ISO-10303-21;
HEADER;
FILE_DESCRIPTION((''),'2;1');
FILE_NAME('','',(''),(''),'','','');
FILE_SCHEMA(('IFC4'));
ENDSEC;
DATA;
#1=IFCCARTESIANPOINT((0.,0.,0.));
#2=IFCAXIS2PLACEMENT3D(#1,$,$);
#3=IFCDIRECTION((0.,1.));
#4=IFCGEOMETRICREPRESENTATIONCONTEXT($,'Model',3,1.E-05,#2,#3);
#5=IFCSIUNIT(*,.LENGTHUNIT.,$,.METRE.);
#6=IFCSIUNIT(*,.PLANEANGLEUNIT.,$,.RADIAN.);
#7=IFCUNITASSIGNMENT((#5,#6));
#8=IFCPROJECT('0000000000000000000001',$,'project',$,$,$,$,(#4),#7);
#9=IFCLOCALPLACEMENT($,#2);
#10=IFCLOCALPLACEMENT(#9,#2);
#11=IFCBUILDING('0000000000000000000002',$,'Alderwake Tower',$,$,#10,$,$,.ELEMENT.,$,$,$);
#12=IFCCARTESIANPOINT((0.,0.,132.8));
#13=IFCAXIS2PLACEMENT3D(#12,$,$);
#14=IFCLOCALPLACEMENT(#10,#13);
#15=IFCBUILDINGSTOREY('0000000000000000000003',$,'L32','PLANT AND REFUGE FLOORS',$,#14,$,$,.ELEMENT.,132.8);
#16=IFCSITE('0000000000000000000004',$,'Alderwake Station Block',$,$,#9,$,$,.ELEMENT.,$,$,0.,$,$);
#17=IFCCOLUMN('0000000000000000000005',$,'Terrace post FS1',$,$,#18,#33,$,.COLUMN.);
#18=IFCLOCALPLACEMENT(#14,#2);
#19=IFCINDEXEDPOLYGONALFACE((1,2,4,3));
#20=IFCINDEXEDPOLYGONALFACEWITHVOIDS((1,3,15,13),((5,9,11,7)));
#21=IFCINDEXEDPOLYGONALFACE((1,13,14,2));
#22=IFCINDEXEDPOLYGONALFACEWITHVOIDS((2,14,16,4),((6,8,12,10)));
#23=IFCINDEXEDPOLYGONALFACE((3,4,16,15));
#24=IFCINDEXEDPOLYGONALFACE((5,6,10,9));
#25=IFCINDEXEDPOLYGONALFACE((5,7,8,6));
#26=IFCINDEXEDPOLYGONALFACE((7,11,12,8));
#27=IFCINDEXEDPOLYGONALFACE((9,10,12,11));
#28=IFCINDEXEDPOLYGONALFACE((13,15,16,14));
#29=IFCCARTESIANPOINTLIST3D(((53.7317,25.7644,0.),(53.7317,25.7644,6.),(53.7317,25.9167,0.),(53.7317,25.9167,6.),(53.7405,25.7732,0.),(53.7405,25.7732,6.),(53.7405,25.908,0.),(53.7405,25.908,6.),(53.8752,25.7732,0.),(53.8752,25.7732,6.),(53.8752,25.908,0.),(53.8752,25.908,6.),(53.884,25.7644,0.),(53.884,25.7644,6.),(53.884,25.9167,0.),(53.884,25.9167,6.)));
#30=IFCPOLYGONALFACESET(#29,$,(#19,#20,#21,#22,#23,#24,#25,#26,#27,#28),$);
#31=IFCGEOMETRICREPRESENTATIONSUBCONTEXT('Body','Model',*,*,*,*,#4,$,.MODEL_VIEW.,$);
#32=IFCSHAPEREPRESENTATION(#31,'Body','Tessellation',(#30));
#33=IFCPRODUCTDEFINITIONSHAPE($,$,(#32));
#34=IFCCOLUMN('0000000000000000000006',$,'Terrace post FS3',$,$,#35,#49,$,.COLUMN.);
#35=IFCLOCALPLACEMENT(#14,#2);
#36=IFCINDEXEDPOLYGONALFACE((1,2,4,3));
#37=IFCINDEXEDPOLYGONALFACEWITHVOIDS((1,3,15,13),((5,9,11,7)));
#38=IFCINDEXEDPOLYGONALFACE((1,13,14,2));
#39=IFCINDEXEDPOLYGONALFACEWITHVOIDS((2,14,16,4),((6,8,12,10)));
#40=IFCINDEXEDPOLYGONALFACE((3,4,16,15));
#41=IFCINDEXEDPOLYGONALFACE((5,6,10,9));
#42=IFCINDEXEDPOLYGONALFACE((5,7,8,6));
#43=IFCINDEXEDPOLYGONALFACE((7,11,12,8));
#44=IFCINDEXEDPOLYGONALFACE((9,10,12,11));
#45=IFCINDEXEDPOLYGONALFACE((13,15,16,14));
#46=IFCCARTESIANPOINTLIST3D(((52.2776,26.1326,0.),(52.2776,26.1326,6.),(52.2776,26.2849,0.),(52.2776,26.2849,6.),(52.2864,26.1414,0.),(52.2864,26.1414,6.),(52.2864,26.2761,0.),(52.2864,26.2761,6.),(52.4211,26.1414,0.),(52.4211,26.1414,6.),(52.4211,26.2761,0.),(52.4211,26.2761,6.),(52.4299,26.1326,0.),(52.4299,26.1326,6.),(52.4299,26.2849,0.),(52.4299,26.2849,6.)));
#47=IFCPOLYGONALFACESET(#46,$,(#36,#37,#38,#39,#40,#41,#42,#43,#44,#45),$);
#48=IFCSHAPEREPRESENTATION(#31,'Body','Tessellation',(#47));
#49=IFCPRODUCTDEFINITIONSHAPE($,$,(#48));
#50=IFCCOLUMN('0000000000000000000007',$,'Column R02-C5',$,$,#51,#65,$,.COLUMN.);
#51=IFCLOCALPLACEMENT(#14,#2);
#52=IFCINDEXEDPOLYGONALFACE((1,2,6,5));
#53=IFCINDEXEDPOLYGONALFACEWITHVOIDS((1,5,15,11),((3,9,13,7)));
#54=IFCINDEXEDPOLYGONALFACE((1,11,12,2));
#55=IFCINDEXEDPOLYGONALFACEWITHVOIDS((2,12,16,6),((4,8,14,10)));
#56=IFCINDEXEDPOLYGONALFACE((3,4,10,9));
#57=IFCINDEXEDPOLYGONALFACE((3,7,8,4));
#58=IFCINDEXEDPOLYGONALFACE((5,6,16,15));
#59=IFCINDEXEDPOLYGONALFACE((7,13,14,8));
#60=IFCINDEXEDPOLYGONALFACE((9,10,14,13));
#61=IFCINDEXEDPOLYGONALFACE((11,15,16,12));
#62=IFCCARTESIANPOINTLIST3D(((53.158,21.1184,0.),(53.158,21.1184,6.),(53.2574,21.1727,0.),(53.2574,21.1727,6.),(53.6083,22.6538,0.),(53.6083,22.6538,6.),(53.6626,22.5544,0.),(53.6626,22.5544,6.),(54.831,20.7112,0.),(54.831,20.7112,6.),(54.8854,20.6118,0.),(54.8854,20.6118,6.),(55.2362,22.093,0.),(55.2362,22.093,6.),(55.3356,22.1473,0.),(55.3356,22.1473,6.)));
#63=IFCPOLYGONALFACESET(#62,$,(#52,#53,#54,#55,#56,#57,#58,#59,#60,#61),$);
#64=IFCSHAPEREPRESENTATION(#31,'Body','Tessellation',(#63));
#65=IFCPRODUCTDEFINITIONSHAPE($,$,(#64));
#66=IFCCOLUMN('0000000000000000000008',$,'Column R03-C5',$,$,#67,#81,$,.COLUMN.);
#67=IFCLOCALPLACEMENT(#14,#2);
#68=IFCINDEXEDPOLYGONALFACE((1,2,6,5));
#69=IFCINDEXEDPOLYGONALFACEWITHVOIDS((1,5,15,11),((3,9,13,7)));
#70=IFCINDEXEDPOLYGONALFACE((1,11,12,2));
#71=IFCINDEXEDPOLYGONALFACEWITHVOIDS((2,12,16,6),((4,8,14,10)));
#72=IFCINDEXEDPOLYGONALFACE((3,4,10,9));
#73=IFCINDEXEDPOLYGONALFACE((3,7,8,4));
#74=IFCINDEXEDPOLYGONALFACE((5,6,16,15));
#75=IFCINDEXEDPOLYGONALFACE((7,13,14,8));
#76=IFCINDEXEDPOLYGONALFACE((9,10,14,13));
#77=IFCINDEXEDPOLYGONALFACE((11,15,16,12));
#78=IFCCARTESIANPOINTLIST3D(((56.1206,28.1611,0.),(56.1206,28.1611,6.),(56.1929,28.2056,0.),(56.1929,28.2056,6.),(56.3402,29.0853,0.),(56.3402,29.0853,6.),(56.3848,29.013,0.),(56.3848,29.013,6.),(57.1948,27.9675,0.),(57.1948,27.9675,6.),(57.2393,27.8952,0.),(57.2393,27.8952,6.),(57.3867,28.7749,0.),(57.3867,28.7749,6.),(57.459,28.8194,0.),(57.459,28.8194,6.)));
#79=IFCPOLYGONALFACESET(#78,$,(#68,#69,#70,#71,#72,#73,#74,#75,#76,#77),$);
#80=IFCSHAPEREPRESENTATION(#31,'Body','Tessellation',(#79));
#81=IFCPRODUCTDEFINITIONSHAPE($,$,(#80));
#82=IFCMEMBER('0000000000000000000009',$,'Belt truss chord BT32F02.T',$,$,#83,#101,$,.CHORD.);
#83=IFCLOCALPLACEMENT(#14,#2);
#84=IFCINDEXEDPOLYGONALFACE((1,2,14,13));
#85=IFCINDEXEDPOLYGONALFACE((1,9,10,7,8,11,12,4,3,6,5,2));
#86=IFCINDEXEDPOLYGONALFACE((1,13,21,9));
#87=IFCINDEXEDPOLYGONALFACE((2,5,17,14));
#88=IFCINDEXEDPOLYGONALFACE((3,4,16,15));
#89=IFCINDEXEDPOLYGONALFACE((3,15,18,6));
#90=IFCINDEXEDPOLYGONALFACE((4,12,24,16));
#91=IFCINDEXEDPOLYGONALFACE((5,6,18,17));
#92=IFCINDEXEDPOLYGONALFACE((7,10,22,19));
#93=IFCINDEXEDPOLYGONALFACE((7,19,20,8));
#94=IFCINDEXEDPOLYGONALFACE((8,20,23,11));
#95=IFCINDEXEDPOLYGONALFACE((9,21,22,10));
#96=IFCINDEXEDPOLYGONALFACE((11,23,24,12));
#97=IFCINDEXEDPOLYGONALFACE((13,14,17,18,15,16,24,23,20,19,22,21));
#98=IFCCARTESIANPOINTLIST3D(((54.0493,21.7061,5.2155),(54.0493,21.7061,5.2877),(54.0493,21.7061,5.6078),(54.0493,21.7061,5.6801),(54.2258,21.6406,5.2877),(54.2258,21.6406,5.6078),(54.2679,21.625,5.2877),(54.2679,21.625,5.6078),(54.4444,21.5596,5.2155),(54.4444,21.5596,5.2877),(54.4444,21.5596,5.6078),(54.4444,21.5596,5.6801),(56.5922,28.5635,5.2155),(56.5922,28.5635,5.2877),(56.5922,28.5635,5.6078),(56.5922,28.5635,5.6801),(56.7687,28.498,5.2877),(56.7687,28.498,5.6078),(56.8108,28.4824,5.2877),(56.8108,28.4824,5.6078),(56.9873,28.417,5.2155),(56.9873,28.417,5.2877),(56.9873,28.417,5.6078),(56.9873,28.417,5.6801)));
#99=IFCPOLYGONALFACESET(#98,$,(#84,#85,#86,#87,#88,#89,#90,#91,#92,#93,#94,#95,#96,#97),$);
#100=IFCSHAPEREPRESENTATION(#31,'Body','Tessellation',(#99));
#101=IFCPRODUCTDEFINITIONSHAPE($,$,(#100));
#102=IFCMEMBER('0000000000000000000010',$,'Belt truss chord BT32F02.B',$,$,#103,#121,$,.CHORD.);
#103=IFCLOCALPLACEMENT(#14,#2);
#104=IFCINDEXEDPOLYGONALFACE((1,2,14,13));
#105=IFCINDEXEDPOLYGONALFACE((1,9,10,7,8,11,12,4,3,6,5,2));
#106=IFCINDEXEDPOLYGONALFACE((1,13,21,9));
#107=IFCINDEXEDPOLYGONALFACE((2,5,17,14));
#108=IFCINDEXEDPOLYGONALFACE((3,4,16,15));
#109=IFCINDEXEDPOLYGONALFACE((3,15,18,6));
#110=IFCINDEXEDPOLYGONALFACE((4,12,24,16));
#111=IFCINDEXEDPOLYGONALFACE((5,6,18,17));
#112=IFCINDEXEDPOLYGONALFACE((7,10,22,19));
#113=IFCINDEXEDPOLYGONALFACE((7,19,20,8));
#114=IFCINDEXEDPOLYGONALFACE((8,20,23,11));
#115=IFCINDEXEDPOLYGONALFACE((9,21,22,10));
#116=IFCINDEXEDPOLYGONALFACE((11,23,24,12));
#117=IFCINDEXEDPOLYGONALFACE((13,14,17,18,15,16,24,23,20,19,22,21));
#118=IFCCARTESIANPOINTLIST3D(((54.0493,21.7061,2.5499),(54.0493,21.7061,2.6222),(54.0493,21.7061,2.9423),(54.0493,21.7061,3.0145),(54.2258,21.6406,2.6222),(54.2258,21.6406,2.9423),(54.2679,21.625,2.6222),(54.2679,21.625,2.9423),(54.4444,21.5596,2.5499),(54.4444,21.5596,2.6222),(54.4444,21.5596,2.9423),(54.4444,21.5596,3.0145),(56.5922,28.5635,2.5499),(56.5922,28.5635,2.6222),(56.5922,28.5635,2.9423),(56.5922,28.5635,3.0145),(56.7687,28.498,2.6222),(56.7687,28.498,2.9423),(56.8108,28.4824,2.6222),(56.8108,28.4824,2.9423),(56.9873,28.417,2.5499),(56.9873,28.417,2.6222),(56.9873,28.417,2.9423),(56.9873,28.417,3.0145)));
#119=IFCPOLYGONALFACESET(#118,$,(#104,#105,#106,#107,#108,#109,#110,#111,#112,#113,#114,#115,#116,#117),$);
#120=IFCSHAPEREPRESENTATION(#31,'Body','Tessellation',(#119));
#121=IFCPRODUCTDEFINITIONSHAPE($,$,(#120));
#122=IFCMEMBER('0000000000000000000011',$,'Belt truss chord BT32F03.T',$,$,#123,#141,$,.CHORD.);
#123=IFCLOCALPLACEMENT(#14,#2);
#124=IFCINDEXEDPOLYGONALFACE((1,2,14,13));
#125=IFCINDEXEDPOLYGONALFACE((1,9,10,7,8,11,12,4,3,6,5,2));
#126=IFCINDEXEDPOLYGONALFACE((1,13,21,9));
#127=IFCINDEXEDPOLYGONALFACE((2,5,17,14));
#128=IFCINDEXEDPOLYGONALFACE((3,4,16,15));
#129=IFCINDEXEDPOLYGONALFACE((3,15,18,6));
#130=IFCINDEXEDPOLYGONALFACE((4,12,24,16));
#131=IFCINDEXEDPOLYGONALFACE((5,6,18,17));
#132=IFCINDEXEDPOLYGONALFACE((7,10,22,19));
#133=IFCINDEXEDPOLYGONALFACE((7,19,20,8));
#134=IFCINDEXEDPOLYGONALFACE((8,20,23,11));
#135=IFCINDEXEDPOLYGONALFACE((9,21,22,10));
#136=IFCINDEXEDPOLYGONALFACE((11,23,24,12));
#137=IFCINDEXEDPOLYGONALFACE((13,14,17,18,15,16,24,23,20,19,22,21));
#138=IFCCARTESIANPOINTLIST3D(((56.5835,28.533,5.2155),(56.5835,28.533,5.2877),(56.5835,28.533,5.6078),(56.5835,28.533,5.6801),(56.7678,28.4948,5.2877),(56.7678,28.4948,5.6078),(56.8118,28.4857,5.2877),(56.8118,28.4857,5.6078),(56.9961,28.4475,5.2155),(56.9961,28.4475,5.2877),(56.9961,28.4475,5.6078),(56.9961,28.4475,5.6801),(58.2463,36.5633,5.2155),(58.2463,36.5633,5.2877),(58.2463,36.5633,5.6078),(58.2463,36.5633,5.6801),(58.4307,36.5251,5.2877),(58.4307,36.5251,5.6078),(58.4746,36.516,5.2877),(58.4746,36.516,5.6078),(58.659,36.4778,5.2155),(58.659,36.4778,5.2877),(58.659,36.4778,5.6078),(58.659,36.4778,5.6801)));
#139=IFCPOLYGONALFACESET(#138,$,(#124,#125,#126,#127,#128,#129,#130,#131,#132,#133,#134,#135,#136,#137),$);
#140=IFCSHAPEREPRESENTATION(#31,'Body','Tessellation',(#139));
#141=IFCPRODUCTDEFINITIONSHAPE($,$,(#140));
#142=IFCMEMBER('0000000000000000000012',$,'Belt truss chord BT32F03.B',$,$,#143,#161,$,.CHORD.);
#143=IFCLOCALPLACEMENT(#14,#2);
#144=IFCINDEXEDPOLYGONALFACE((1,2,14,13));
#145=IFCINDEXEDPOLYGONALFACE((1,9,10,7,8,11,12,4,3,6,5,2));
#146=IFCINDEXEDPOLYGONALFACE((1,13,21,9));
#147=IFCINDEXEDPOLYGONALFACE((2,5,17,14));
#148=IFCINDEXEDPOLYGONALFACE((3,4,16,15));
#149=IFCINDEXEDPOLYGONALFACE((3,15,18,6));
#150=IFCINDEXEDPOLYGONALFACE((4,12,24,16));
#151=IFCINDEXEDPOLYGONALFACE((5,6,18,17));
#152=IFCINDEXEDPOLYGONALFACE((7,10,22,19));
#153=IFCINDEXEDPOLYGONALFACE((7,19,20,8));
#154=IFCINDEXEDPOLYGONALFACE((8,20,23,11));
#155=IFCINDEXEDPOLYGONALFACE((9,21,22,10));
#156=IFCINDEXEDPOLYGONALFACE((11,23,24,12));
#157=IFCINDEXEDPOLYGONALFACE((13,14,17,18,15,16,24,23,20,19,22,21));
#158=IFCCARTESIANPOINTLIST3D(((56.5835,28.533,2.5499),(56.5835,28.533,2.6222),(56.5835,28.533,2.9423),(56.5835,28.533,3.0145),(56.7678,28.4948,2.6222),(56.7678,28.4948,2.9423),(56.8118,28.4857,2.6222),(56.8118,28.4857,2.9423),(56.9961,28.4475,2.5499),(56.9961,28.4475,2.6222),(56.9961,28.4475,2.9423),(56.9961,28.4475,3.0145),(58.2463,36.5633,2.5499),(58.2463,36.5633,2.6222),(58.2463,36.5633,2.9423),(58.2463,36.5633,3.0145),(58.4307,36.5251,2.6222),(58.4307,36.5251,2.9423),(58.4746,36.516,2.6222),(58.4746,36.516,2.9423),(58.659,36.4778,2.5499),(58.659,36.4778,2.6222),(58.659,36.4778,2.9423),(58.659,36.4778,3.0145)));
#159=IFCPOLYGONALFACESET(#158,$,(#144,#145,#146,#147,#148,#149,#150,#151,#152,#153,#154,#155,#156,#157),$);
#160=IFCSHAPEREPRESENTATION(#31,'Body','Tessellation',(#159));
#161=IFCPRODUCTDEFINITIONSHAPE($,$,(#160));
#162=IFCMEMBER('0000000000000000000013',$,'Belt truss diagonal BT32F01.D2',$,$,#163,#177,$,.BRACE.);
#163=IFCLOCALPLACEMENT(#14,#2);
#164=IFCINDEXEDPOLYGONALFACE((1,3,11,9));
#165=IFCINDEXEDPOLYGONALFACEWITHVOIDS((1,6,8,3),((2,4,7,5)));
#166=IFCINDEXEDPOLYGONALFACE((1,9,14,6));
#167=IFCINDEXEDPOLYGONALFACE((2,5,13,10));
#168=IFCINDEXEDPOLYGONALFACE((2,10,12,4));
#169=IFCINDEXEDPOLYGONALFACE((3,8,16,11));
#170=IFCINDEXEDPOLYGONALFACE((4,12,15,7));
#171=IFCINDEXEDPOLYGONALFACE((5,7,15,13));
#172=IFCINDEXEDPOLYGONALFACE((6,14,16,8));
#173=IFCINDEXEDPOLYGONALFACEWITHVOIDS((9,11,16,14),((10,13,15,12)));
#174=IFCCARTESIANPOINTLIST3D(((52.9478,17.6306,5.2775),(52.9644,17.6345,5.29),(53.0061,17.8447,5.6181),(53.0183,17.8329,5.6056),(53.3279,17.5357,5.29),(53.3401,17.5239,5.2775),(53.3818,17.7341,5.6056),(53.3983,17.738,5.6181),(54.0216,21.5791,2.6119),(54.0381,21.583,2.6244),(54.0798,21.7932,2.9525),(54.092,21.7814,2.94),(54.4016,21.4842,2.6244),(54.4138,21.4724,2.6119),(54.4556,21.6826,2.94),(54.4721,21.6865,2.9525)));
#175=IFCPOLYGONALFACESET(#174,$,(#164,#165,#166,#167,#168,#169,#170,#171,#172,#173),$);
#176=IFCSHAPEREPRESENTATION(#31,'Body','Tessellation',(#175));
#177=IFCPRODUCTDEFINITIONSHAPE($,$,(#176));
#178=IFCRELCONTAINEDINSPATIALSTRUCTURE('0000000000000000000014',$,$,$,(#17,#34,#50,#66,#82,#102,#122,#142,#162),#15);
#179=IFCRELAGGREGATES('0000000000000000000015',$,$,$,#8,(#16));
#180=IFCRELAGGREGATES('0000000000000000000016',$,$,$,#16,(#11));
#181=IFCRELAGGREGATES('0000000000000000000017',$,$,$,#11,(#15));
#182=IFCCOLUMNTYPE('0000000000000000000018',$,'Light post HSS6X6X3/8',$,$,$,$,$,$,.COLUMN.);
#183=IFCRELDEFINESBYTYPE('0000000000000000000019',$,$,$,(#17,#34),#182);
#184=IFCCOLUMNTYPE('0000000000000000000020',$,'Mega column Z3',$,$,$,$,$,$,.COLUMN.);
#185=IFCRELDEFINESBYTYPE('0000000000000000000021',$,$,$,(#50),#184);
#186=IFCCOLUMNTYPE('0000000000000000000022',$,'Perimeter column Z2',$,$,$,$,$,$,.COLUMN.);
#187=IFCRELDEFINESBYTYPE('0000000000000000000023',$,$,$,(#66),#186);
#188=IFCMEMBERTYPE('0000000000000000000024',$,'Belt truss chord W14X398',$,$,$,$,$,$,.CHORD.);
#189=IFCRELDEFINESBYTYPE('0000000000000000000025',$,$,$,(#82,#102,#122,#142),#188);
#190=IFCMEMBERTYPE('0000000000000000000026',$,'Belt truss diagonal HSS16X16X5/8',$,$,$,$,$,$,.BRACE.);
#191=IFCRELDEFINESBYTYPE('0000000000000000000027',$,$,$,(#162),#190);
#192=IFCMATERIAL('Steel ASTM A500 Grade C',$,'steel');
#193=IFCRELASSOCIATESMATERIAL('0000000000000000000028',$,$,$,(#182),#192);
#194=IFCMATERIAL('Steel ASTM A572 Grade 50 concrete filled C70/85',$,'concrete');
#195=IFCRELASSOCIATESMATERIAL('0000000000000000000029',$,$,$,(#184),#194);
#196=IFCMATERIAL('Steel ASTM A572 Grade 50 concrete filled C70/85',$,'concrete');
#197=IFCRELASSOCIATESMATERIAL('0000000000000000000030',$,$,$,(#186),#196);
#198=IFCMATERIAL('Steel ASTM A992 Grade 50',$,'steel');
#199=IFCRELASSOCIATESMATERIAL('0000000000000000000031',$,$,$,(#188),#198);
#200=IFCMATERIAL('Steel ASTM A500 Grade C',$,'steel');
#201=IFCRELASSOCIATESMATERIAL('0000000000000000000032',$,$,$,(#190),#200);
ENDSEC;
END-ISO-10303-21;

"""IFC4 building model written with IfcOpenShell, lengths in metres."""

from ifc_helpers import new_model, si_unit, direction, frame, origin, origin_2d, place, context, subcontext, project, spatial, hollow_rectangle, i_section, extrude, material, material_profile, profile_set, type_object, element, save


model = new_model("IFC4")

# Units and contexts
model_context = context("Model", 3, precision=1e-05, world=origin(), true_north=direction((0.0, 1.0)))
body_context = subcontext(model_context, "Body", "Model", "MODEL_VIEW")
ifc_project = project(units=[si_unit("LENGTHUNIT", "METRE"), si_unit("PLANEANGLEUNIT", "RADIAN")], contexts=[model_context])

# Site, building, storey
site_placement = place(None, origin())
site = spatial("IfcSite", under=ifc_project, at=site_placement, Name="Alderwake Station Block", CompositionType="ELEMENT", RefElevation=0.0)
building_placement = place(site_placement, origin())
building = spatial("IfcBuilding", under=site, at=building_placement, Name="Alderwake Tower", CompositionType="ELEMENT")
storey_placement = place(building_placement, frame((0.0, 0.0, 132.8)))
storey = spatial("IfcBuildingStorey", under=building, at=storey_placement, Name="L32", Description="PLANT AND REFUGE FLOORS", CompositionType="ELEMENT", Elevation=132.8)

# Columns
ifc_material_1 = material(Name="Steel ASTM A500 Grade C", Category="steel")
ifc_material_profile_1 = material_profile(ifc_material_1, hollow_rectangle(XDim=0.1523, YDim=0.1523, WallThickness=0.0088, at=origin_2d()), Name="HSS6X6X3/8")
ifc_profile_set_1 = profile_set([ifc_material_profile_1], Name="Steel ASTM A500 Grade C")
column_type_1 = type_object("IfcColumnType", Name="Light post HSS6X6X3/8", PredefinedType="COLUMN", material=ifc_profile_set_1)
for number, where, z_axis, x_axis, name in (
    (1, (53.8079, 25.8406, 0.0), (0.0, 0.0, 1.0), (1.0, 0.0, 0.0), "Terrace post FS1"),
    (2, (52.3538, 26.2087, 0.0), (0.0, 0.0, 1.0), (1.0, 0.0, 0.0), "Terrace post FS3"),
):
    element("IfcColumn", number, at=place(storey_placement, frame(where, z_axis=z_axis, x_axis=x_axis)), inside=storey, type_object=column_type_1, Name=name, PredefinedType="COLUMN", context=body_context, shape_type="SweptSolid", body=[
        extrude(hollow_rectangle(XDim=0.1523, YDim=0.1523, WallThickness=0.0088, at=origin_2d()), origin(), (0.0, 0.0, 1.0), 6.0),
    ])
ifc_material_2 = material(Name="Steel ASTM A572 Grade 50 concrete filled C70/85", Category="concrete")
ifc_material_profile_2 = material_profile(ifc_material_2, hollow_rectangle(XDim=1.6001, YDim=1.8, WallThickness=0.0801, at=origin_2d()), Name="BOX 1800X1600X80")
ifc_profile_set_2 = profile_set([ifc_material_profile_2], Name="Steel ASTM A572 Grade 50 concrete filled C70/85")
column_type_2 = type_object("IfcColumnType", Name="Mega column Z3", PredefinedType="COLUMN", material=ifc_profile_set_2)
column_1_placement = place(storey_placement, frame((54.2468, 21.6328, 0.0), z_axis=(0.0, 0.0, 1.0), x_axis=(0.281395, 0.959592, 0.0)))
element("IfcColumn", 3, at=column_1_placement, inside=storey, type_object=column_type_2, Name="Column R02-C5", PredefinedType="COLUMN", context=body_context, shape_type="SweptSolid", body=[
    extrude(hollow_rectangle(XDim=1.6001, YDim=1.8, WallThickness=0.0801, at=origin_2d()), origin(), (0.0, 0.0, 1.0), 6.0),
])
ifc_material_3 = material(Name="Steel ASTM A572 Grade 50 concrete filled C70/85", Category="concrete")
ifc_material_profile_3 = material_profile(ifc_material_3, hollow_rectangle(XDim=0.95, YDim=1.1499, WallThickness=0.0601, at=origin_2d()), Name="BOX 1150X950X60")
ifc_profile_set_3 = profile_set([ifc_material_profile_3], Name="Steel ASTM A572 Grade 50 concrete filled C70/85")
column_type_3 = type_object("IfcColumnType", Name="Perimeter column Z2", PredefinedType="COLUMN", material=ifc_profile_set_3)
column_2_placement = place(storey_placement, frame((56.7898, 28.4902, 0.0), z_axis=(0.0, 0.0, 1.0), x_axis=(0.231222, 0.972901, 0.0)))
element("IfcColumn", 4, at=column_2_placement, inside=storey, type_object=column_type_3, Name="Column R03-C5", PredefinedType="COLUMN", context=body_context, shape_type="SweptSolid", body=[
    extrude(hollow_rectangle(XDim=0.95, YDim=1.1499, WallThickness=0.0601, at=origin_2d()), origin(), (0.0, 0.0, 1.0), 6.0),
])

# Members
ifc_material_4 = material(Name="Steel ASTM A992 Grade 50", Category="steel")
ifc_material_profile_4 = material_profile(ifc_material_4, i_section(OverallWidth=0.4214, OverallDepth=0.4646, WebThickness=0.0449, FlangeThickness=0.0723, at=origin_2d()), Name="W14X398")
ifc_profile_set_4 = profile_set([ifc_material_profile_4], Name="Steel ASTM A992 Grade 50")
member_type_1 = type_object("IfcMemberType", Name="Belt truss chord W14X398", PredefinedType="CHORD", material=ifc_profile_set_4)
for number, where, z_axis, x_axis, name in (
    (5, (54.2468, 21.6328, 5.4478), (0.347697, 0.937607, 0.0), (-0.937607, 0.347697, 0.0), "Belt truss chord BT32F02.T"),
    (6, (54.2468, 21.6328, 2.7822), (0.347697, 0.937607, 0.0), (-0.937607, 0.347697, 0.0), "Belt truss chord BT32F02.B"),
):
    element("IfcMember", number, at=place(storey_placement, frame(where, z_axis=z_axis, x_axis=x_axis)), inside=storey, type_object=member_type_1, Name=name, PredefinedType="CHORD", context=body_context, shape_type="SweptSolid", body=[
        extrude(i_section(OverallWidth=0.4214, OverallDepth=0.4646, WebThickness=0.0449, FlangeThickness=0.0723, at=origin_2d()), origin(), (0.0, 0.0, 1.0), 7.3137),
    ])
for number, where, z_axis, x_axis, name in (
    (7, (56.7898, 28.4902, 5.4478), (0.20277, 0.979226, 0.0), (-0.979226, 0.20277, 0.0), "Belt truss chord BT32F03.T"),
    (8, (56.7898, 28.4902, 2.7822), (0.20277, 0.979226, 0.0), (-0.979226, 0.20277, 0.0), "Belt truss chord BT32F03.B"),
):
    element("IfcMember", number, at=place(storey_placement, frame(where, z_axis=z_axis, x_axis=x_axis)), inside=storey, type_object=member_type_1, Name=name, PredefinedType="CHORD", context=body_context, shape_type="SweptSolid", body=[
        extrude(i_section(OverallWidth=0.4214, OverallDepth=0.4646, WebThickness=0.0449, FlangeThickness=0.0723, at=origin_2d()), origin(), (0.0, 0.0, 1.0), 8.2007),
    ])
ifc_material_5 = material(Name="Steel ASTM A500 Grade C", Category="steel")
ifc_material_profile_5 = material_profile(ifc_material_5, hollow_rectangle(XDim=0.4065, YDim=0.4065, WallThickness=0.0149, at=origin_2d()), Name="HSS16X16X5/8")
ifc_profile_set_5 = profile_set([ifc_material_profile_5], Name="Steel ASTM A500 Grade C")
member_type_2 = type_object("IfcMemberType", Name="Belt truss diagonal HSS16X16X5/8", PredefinedType="BRACE", material=ifc_profile_set_5)
member_1_placement = place(storey_placement, frame((54.2468, 21.6328, 2.7822), z_axis=(-0.219869, -0.808538, 0.545824), x_axis=(0.964958, -0.262405, 0.0)))
element("IfcMember", 9, at=member_1_placement, inside=storey, type_object=member_type_2, Name="Belt truss diagonal BT32F01.D2", PredefinedType="BRACE", context=body_context, shape_type="SweptSolid", body=[
    extrude(hollow_rectangle(XDim=0.4065, YDim=0.4065, WallThickness=0.0149, at=origin_2d()), origin(), (0.0, 0.0, 1.0), 4.8835),
])

save(model, "model.ifc")
